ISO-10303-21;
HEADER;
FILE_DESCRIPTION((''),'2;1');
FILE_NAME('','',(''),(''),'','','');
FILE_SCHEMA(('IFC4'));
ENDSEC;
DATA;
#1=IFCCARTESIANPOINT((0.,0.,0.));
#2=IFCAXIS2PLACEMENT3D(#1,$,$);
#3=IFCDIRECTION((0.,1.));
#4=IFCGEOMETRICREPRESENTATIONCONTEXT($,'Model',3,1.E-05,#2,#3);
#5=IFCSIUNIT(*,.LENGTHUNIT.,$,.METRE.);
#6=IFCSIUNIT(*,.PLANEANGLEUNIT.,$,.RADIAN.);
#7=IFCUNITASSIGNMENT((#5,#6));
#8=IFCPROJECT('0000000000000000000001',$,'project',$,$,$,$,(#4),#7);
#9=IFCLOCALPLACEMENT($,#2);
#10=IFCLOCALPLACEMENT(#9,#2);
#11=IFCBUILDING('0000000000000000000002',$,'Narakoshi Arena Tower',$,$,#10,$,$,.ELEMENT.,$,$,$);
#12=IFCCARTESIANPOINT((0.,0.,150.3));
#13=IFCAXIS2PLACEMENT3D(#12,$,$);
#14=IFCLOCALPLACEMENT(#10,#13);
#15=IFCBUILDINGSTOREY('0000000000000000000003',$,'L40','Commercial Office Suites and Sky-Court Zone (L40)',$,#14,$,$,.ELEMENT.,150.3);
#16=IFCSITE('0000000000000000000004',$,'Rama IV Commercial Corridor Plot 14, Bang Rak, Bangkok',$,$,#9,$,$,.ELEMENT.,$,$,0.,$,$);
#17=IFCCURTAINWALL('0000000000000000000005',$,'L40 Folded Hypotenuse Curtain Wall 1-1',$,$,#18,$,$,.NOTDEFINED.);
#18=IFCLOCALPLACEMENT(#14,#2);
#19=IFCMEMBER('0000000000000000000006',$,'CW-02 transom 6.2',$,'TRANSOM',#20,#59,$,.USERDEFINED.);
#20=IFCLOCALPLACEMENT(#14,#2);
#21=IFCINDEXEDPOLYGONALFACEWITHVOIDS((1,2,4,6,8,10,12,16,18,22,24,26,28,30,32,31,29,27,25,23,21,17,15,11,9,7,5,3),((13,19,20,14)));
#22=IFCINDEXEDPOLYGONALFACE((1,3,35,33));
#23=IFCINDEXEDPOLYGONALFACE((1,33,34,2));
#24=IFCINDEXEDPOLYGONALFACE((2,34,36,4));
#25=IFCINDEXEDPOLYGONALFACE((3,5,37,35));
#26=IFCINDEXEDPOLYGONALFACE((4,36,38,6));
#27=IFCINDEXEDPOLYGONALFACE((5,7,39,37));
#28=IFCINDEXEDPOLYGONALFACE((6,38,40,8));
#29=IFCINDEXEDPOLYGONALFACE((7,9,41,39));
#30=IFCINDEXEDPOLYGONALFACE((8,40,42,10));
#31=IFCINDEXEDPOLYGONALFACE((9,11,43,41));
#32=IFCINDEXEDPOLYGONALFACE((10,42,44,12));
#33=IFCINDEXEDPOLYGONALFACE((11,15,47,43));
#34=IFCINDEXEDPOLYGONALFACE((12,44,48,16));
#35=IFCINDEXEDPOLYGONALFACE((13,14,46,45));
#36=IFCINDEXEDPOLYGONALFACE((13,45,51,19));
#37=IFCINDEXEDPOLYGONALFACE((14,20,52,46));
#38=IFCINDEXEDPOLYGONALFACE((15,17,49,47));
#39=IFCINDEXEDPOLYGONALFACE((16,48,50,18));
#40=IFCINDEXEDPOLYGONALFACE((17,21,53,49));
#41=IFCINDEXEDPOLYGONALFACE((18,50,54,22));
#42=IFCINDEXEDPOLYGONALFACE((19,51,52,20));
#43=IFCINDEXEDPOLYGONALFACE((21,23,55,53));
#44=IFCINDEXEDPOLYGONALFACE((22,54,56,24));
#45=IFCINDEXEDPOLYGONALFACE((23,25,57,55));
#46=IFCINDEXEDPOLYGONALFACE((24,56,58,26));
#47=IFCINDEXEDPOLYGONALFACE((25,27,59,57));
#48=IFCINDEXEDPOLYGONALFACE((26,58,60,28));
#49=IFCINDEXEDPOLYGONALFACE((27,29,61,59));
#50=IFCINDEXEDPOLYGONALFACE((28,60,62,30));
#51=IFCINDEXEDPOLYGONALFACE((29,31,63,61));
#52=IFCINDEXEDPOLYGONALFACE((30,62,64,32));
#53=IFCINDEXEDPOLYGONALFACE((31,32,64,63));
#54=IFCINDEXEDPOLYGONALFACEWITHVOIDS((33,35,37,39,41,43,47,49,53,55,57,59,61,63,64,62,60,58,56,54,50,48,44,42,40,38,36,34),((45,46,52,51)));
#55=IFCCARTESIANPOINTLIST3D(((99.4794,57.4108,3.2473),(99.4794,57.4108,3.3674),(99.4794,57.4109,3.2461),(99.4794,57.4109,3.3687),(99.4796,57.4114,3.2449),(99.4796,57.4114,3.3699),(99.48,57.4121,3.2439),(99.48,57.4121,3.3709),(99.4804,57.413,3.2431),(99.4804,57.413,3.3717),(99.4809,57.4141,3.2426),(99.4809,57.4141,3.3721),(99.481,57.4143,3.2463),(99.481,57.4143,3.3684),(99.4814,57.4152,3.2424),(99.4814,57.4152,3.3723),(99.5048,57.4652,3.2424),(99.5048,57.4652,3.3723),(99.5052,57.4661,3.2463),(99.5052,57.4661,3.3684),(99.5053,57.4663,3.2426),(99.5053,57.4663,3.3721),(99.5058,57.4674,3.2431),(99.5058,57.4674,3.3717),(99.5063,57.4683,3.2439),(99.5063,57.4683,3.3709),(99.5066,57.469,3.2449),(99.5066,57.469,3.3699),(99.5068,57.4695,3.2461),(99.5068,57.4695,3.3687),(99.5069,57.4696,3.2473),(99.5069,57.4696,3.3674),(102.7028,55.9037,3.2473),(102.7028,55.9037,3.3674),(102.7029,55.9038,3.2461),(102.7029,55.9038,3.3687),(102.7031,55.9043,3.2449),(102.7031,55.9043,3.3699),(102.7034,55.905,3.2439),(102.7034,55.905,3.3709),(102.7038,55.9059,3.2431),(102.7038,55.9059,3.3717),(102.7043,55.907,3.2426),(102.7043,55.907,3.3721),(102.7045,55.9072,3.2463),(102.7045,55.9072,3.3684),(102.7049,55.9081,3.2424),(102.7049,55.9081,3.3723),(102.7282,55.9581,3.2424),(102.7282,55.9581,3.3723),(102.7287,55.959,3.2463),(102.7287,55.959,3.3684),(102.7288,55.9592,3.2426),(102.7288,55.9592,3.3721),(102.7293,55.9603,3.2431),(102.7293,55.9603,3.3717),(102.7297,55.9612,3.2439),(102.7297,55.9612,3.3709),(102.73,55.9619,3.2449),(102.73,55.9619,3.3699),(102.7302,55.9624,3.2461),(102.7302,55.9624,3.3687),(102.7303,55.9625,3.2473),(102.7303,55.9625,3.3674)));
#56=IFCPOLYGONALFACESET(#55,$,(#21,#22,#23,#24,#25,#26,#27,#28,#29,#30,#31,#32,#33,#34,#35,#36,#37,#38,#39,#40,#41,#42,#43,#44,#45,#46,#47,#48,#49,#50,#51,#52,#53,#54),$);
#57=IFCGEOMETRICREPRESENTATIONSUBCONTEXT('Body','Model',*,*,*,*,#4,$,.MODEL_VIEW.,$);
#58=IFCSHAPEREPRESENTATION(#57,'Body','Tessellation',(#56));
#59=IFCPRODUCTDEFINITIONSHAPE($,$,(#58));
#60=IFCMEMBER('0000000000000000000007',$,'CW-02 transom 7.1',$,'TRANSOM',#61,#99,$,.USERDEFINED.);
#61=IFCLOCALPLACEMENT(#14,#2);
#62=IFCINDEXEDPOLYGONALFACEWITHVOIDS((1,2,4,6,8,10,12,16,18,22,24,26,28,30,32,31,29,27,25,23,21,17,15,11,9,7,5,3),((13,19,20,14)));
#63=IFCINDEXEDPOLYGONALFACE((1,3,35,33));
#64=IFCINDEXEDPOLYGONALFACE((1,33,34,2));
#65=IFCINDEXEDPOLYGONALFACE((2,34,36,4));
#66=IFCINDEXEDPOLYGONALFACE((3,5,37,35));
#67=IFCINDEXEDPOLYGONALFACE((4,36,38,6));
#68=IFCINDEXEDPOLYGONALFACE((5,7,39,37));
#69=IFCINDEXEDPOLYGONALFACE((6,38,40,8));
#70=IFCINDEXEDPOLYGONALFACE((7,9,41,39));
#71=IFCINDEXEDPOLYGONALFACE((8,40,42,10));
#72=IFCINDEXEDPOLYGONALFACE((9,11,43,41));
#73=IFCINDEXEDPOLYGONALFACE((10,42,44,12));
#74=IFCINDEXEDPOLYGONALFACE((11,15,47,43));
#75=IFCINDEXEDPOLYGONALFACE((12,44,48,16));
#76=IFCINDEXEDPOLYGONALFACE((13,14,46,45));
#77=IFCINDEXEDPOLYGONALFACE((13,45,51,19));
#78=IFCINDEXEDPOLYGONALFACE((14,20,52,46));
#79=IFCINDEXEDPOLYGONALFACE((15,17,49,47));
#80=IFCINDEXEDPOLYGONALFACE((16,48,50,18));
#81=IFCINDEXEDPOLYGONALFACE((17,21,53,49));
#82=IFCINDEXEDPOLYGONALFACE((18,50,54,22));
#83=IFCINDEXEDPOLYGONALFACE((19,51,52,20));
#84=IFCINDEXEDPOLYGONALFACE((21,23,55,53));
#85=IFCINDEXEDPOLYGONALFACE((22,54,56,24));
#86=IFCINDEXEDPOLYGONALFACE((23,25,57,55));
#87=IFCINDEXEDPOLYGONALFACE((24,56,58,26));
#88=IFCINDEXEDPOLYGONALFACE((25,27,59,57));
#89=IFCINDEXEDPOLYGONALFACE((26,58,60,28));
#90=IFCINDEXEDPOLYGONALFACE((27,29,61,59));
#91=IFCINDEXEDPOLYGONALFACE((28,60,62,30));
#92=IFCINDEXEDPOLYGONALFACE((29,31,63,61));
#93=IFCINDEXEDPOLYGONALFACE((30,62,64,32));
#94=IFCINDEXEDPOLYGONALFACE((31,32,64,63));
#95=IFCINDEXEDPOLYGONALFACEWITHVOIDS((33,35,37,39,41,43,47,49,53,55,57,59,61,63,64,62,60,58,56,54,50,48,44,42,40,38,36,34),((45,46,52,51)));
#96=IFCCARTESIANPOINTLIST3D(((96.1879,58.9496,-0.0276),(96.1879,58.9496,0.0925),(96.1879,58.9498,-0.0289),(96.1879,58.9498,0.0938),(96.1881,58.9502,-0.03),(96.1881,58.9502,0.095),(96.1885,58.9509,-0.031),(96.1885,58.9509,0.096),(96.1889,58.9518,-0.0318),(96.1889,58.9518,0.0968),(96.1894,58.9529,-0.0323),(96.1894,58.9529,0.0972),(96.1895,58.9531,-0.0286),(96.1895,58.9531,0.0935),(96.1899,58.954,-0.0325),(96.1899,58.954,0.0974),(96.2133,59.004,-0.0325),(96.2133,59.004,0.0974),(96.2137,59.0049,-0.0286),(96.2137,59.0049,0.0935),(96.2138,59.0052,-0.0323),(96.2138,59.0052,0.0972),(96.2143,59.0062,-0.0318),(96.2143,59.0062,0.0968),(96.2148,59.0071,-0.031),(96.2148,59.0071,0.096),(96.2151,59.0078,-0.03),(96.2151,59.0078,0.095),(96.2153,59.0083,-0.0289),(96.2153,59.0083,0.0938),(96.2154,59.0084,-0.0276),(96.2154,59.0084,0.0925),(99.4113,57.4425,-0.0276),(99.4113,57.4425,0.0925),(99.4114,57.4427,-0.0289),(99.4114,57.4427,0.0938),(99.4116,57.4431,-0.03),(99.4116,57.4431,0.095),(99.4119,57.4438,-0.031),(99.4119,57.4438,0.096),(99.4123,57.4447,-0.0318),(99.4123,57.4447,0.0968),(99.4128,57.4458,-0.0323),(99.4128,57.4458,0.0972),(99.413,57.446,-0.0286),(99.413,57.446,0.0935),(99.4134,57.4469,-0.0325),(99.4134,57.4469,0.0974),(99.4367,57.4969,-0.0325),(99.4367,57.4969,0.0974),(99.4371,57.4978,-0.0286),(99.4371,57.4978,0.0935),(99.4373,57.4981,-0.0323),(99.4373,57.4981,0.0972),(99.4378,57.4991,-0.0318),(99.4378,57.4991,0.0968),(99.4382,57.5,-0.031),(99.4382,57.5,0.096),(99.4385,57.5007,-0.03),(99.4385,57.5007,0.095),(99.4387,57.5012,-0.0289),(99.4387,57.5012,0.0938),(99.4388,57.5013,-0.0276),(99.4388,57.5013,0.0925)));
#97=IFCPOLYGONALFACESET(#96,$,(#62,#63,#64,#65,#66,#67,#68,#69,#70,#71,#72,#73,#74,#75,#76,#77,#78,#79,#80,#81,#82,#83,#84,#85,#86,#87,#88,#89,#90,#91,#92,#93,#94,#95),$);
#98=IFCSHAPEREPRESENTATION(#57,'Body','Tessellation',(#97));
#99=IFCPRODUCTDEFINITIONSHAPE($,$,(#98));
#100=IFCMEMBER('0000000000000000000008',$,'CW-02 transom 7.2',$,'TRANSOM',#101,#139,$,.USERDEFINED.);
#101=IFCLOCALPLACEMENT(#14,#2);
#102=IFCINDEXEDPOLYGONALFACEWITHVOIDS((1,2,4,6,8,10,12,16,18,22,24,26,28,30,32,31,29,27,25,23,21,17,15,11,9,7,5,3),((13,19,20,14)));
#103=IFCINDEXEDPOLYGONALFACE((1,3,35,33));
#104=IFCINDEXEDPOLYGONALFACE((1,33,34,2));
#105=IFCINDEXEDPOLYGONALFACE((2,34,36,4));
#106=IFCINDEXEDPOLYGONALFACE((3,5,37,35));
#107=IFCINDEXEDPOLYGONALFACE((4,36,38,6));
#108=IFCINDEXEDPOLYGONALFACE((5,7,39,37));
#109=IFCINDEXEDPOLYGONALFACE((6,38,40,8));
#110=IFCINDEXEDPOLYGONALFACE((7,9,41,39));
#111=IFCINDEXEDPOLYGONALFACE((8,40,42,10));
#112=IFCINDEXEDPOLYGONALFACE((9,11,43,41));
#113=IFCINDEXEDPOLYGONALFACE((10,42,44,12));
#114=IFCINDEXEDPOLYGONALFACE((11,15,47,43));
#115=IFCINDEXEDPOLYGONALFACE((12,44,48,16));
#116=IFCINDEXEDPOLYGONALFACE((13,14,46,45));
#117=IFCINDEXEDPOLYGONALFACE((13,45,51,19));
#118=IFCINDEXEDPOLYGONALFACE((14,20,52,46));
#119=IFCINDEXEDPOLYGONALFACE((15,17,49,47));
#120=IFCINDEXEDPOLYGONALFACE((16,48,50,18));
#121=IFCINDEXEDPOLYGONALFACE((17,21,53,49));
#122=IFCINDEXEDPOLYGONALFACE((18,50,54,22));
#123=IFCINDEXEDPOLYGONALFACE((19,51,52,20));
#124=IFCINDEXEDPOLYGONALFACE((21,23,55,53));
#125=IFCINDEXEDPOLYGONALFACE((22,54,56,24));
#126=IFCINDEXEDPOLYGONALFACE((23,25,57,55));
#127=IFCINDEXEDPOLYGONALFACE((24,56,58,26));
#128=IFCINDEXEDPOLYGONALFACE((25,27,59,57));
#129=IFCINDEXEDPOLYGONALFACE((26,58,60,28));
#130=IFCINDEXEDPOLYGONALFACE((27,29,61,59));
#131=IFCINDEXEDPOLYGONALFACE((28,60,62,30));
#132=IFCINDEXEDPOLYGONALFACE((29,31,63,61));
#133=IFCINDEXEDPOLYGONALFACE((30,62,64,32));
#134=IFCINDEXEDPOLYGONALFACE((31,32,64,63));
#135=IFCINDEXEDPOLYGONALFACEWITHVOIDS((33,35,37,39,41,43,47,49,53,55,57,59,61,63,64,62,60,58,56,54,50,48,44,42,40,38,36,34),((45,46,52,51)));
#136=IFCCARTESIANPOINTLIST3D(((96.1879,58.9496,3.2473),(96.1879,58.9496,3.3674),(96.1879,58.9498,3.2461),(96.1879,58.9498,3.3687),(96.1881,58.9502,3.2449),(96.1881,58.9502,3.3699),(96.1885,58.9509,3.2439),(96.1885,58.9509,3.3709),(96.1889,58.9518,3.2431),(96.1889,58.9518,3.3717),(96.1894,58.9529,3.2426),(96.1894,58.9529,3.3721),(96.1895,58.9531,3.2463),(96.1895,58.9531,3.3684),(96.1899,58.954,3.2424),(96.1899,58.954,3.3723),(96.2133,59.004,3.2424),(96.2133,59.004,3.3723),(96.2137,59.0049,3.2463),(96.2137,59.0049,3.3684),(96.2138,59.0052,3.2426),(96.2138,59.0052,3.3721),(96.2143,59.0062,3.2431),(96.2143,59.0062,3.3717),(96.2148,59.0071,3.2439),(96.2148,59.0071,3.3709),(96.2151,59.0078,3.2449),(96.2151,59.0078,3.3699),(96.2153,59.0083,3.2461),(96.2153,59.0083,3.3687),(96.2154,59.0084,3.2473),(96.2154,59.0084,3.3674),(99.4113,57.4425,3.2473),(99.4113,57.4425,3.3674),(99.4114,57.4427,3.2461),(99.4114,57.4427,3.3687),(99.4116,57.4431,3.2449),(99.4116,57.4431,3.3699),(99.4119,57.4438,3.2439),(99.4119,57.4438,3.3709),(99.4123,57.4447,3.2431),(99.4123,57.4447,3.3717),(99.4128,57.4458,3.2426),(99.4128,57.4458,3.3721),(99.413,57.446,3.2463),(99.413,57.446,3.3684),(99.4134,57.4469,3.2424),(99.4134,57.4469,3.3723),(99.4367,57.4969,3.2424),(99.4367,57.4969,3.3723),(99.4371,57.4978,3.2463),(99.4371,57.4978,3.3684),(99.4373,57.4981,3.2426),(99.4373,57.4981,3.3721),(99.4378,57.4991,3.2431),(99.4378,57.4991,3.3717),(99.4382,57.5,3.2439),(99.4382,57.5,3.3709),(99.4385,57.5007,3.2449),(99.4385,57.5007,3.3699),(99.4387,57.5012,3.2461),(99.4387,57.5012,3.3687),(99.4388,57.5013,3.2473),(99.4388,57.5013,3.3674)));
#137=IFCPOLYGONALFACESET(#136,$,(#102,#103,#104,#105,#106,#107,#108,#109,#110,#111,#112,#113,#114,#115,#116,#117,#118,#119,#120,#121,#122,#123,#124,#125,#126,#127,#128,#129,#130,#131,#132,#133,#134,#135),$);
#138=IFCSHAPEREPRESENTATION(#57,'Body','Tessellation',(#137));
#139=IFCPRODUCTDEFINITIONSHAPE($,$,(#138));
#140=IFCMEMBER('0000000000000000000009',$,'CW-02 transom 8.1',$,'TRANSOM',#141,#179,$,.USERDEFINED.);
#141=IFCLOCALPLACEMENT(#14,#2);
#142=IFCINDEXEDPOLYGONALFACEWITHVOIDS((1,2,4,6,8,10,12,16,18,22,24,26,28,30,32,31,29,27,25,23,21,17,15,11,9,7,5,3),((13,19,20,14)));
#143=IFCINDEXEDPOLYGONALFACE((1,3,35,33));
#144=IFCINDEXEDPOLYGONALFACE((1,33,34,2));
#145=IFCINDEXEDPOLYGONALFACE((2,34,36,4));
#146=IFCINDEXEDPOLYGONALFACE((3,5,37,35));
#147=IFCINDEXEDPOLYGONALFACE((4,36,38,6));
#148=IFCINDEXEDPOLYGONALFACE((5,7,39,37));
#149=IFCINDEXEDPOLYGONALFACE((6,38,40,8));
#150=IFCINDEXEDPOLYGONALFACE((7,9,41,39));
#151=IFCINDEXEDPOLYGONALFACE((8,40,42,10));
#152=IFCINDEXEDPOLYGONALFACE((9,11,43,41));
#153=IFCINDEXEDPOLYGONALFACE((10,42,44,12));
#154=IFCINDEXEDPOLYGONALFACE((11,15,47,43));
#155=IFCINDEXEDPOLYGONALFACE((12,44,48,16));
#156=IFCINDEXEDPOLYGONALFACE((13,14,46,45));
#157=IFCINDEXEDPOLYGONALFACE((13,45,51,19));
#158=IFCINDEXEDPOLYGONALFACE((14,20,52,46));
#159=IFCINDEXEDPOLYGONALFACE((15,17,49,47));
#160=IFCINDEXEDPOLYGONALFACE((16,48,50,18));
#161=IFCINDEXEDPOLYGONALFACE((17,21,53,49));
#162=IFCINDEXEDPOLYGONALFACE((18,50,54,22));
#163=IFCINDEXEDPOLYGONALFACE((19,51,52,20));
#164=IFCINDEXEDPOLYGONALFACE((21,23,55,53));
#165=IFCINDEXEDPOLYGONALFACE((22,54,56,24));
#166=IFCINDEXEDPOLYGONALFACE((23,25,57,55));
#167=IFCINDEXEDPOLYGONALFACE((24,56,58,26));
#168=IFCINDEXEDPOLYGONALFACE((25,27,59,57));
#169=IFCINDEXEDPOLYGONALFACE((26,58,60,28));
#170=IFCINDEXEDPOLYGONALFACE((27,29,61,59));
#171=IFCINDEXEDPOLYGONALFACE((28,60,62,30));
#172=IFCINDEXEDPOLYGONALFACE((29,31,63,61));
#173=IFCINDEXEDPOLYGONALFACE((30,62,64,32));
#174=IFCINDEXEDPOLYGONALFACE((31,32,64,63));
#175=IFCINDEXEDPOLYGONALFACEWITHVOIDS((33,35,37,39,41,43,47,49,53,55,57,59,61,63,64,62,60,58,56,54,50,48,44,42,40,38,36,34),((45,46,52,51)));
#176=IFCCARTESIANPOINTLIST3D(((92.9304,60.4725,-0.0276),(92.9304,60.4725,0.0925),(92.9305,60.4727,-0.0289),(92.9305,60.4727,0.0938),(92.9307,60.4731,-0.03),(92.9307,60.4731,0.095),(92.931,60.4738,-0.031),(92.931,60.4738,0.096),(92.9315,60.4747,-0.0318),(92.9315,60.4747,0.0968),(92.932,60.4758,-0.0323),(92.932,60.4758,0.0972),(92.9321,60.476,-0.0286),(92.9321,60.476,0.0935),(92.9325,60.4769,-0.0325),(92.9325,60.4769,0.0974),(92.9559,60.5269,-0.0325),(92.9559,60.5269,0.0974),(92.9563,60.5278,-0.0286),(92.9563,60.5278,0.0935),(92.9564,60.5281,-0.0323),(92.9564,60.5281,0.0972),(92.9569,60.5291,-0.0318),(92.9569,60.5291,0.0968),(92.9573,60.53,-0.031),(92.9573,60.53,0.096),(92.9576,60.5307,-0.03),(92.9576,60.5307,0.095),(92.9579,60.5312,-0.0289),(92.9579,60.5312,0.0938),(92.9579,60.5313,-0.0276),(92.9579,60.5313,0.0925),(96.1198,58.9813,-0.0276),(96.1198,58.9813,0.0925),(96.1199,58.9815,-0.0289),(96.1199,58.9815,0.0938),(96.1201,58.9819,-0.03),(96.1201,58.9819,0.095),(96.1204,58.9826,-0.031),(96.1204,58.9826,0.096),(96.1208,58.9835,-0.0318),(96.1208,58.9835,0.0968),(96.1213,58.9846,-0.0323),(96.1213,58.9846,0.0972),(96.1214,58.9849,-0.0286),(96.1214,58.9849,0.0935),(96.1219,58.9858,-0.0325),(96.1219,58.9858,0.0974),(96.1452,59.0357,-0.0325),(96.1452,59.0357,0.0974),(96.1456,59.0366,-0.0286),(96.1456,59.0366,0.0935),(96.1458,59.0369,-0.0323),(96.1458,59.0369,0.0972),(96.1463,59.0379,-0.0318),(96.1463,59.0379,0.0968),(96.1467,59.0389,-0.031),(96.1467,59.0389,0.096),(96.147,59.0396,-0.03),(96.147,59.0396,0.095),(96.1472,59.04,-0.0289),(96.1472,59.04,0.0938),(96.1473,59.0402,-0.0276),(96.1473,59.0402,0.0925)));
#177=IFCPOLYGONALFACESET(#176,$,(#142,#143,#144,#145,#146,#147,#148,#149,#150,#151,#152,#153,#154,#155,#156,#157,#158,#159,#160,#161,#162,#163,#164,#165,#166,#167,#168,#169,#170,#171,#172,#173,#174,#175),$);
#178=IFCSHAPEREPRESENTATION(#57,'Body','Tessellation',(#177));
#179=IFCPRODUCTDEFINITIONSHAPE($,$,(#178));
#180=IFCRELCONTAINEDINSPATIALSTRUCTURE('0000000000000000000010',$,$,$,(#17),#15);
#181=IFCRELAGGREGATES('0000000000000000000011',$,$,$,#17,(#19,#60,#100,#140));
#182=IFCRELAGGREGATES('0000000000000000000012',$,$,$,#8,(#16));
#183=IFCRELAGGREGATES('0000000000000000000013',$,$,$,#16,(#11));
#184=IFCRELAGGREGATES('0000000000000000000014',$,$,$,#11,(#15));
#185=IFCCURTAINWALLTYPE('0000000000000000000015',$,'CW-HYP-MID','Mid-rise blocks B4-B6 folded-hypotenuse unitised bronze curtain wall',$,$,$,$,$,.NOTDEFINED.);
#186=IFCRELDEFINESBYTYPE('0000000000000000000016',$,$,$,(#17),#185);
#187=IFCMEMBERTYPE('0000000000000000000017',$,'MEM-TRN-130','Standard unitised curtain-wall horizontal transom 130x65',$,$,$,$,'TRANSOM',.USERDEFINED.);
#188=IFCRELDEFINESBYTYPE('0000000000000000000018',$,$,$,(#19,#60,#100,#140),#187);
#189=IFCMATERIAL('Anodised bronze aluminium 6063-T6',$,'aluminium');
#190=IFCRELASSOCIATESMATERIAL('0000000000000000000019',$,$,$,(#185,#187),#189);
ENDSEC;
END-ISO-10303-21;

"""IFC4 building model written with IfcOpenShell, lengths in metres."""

from ifc_helpers import new_model, si_unit, direction, frame, origin, origin_2d, place, context, subcontext, project, spatial, hollow_rectangle, extrude, material, material_profile, profile_set, type_object, element, aggregate, save


model = new_model("IFC4")

# Units and contexts
model_context = context("Model", 3, precision=1e-05, world=origin(), true_north=direction((0.0, 1.0)))
body_context = subcontext(model_context, "Body", "Model", "MODEL_VIEW")
ifc_project = project(units=[si_unit("LENGTHUNIT", "METRE"), si_unit("PLANEANGLEUNIT", "RADIAN")], contexts=[model_context])

# Site, building, storey
site_placement = place(None, origin())
site = spatial("IfcSite", under=ifc_project, at=site_placement, Name="Rama IV Commercial Corridor Plot 14, Bang Rak, Bangkok", CompositionType="ELEMENT", RefElevation=0.0)
building_placement = place(site_placement, origin())
building = spatial("IfcBuilding", under=site, at=building_placement, Name="Narakoshi Arena Tower", CompositionType="ELEMENT")
storey_placement = place(building_placement, frame((0.0, 0.0, 150.3)))
storey = spatial("IfcBuildingStorey", under=building, at=storey_placement, Name="L40", Description="Commercial Office Suites and Sky-Court Zone (L40)", CompositionType="ELEMENT", Elevation=150.3)

# Curtain wall, members
ifc_material_1 = material(Name="Anodised bronze aluminium 6063-T6", Category="aluminium")
curtain_wall_type = type_object("IfcCurtainWallType", Name="CW-HYP-MID", Description="Mid-rise blocks B4-B6 folded-hypotenuse unitised bronze curtain wall", PredefinedType="NOTDEFINED", material=ifc_material_1)
curtain_wall_placement = place(storey_placement, origin())
curtain_wall = element("IfcCurtainWall", 1, at=curtain_wall_placement, inside=storey, type_object=curtain_wall_type, Name="L40 Folded Hypotenuse Curtain Wall 1-1", PredefinedType="NOTDEFINED")
ifc_material_profile_1 = material_profile(ifc_material_1, hollow_rectangle(XDim=0.0649, YDim=0.1299, WallThickness=0.0039, OuterFilletRadius=0.0049, at=origin_2d()), Name="TRN130x65x4")
ifc_profile_set_1 = profile_set([ifc_material_profile_1], Name="Anodised bronze aluminium 6063-T6")
member_type_1 = type_object("IfcMemberType", Name="MEM-TRN-130", Description="Standard unitised curtain-wall horizontal transom 130x65", ElementType="TRANSOM", PredefinedType="USERDEFINED", material=ifc_profile_set_1)
member_1_placement = place(storey_placement, frame((102.7166, 55.9331, 3.3074), z_axis=(-0.905878, 0.423539, 0.0), x_axis=(-0.423539, -0.905878, 0.0)))
member_1 = element("IfcMember", 2, at=member_1_placement, type_object=member_type_1, Name="CW-02 transom 6.2", ObjectType="TRANSOM", PredefinedType="USERDEFINED", context=body_context, shape_type="SweptSolid", body=[
    extrude(hollow_rectangle(XDim=0.0649, YDim=0.1299, WallThickness=0.0039, OuterFilletRadius=0.0049, at=origin_2d()), origin(), (0.0, 0.0, 1.0), 3.5583),
])
member_2_placement = place(storey_placement, frame((99.425, 57.4719, 0.0325), z_axis=(-0.905878, 0.423539, 0.0), x_axis=(-0.423539, -0.905878, 0.0)))
member_2 = element("IfcMember", 3, at=member_2_placement, type_object=member_type_1, Name="CW-02 transom 7.1", ObjectType="TRANSOM", PredefinedType="USERDEFINED", context=body_context, shape_type="SweptSolid", body=[
    extrude(hollow_rectangle(XDim=0.0649, YDim=0.1299, WallThickness=0.0039, OuterFilletRadius=0.0049, at=origin_2d()), origin(), (0.0, 0.0, 1.0), 3.5583),
])
member_3_placement = place(storey_placement, frame((99.425, 57.4719, 3.3074), z_axis=(-0.905878, 0.423539, 0.0), x_axis=(-0.423539, -0.905878, 0.0)))
member_3 = element("IfcMember", 4, at=member_3_placement, type_object=member_type_1, Name="CW-02 transom 7.2", ObjectType="TRANSOM", PredefinedType="USERDEFINED", context=body_context, shape_type="SweptSolid", body=[
    extrude(hollow_rectangle(XDim=0.0649, YDim=0.1299, WallThickness=0.0039, OuterFilletRadius=0.0049, at=origin_2d()), origin(), (0.0, 0.0, 1.0), 3.5583),
])
member_4_placement = place(storey_placement, frame((96.1335, 59.0107, 0.0325), z_axis=(-0.905878, 0.423538, 0.0), x_axis=(-0.423538, -0.905878, 0.0)))
member_4 = element("IfcMember", 5, at=member_4_placement, type_object=member_type_1, Name="CW-02 transom 8.1", ObjectType="TRANSOM", PredefinedType="USERDEFINED", context=body_context, shape_type="SweptSolid", body=[
    extrude(hollow_rectangle(XDim=0.0649, YDim=0.1299, WallThickness=0.0039, OuterFilletRadius=0.0049, at=origin_2d()), origin(), (0.0, 0.0, 1.0), 3.5208),
])
aggregate(curtain_wall, [member_1, member_2, member_3, member_4])

save(model, "model.ifc")
